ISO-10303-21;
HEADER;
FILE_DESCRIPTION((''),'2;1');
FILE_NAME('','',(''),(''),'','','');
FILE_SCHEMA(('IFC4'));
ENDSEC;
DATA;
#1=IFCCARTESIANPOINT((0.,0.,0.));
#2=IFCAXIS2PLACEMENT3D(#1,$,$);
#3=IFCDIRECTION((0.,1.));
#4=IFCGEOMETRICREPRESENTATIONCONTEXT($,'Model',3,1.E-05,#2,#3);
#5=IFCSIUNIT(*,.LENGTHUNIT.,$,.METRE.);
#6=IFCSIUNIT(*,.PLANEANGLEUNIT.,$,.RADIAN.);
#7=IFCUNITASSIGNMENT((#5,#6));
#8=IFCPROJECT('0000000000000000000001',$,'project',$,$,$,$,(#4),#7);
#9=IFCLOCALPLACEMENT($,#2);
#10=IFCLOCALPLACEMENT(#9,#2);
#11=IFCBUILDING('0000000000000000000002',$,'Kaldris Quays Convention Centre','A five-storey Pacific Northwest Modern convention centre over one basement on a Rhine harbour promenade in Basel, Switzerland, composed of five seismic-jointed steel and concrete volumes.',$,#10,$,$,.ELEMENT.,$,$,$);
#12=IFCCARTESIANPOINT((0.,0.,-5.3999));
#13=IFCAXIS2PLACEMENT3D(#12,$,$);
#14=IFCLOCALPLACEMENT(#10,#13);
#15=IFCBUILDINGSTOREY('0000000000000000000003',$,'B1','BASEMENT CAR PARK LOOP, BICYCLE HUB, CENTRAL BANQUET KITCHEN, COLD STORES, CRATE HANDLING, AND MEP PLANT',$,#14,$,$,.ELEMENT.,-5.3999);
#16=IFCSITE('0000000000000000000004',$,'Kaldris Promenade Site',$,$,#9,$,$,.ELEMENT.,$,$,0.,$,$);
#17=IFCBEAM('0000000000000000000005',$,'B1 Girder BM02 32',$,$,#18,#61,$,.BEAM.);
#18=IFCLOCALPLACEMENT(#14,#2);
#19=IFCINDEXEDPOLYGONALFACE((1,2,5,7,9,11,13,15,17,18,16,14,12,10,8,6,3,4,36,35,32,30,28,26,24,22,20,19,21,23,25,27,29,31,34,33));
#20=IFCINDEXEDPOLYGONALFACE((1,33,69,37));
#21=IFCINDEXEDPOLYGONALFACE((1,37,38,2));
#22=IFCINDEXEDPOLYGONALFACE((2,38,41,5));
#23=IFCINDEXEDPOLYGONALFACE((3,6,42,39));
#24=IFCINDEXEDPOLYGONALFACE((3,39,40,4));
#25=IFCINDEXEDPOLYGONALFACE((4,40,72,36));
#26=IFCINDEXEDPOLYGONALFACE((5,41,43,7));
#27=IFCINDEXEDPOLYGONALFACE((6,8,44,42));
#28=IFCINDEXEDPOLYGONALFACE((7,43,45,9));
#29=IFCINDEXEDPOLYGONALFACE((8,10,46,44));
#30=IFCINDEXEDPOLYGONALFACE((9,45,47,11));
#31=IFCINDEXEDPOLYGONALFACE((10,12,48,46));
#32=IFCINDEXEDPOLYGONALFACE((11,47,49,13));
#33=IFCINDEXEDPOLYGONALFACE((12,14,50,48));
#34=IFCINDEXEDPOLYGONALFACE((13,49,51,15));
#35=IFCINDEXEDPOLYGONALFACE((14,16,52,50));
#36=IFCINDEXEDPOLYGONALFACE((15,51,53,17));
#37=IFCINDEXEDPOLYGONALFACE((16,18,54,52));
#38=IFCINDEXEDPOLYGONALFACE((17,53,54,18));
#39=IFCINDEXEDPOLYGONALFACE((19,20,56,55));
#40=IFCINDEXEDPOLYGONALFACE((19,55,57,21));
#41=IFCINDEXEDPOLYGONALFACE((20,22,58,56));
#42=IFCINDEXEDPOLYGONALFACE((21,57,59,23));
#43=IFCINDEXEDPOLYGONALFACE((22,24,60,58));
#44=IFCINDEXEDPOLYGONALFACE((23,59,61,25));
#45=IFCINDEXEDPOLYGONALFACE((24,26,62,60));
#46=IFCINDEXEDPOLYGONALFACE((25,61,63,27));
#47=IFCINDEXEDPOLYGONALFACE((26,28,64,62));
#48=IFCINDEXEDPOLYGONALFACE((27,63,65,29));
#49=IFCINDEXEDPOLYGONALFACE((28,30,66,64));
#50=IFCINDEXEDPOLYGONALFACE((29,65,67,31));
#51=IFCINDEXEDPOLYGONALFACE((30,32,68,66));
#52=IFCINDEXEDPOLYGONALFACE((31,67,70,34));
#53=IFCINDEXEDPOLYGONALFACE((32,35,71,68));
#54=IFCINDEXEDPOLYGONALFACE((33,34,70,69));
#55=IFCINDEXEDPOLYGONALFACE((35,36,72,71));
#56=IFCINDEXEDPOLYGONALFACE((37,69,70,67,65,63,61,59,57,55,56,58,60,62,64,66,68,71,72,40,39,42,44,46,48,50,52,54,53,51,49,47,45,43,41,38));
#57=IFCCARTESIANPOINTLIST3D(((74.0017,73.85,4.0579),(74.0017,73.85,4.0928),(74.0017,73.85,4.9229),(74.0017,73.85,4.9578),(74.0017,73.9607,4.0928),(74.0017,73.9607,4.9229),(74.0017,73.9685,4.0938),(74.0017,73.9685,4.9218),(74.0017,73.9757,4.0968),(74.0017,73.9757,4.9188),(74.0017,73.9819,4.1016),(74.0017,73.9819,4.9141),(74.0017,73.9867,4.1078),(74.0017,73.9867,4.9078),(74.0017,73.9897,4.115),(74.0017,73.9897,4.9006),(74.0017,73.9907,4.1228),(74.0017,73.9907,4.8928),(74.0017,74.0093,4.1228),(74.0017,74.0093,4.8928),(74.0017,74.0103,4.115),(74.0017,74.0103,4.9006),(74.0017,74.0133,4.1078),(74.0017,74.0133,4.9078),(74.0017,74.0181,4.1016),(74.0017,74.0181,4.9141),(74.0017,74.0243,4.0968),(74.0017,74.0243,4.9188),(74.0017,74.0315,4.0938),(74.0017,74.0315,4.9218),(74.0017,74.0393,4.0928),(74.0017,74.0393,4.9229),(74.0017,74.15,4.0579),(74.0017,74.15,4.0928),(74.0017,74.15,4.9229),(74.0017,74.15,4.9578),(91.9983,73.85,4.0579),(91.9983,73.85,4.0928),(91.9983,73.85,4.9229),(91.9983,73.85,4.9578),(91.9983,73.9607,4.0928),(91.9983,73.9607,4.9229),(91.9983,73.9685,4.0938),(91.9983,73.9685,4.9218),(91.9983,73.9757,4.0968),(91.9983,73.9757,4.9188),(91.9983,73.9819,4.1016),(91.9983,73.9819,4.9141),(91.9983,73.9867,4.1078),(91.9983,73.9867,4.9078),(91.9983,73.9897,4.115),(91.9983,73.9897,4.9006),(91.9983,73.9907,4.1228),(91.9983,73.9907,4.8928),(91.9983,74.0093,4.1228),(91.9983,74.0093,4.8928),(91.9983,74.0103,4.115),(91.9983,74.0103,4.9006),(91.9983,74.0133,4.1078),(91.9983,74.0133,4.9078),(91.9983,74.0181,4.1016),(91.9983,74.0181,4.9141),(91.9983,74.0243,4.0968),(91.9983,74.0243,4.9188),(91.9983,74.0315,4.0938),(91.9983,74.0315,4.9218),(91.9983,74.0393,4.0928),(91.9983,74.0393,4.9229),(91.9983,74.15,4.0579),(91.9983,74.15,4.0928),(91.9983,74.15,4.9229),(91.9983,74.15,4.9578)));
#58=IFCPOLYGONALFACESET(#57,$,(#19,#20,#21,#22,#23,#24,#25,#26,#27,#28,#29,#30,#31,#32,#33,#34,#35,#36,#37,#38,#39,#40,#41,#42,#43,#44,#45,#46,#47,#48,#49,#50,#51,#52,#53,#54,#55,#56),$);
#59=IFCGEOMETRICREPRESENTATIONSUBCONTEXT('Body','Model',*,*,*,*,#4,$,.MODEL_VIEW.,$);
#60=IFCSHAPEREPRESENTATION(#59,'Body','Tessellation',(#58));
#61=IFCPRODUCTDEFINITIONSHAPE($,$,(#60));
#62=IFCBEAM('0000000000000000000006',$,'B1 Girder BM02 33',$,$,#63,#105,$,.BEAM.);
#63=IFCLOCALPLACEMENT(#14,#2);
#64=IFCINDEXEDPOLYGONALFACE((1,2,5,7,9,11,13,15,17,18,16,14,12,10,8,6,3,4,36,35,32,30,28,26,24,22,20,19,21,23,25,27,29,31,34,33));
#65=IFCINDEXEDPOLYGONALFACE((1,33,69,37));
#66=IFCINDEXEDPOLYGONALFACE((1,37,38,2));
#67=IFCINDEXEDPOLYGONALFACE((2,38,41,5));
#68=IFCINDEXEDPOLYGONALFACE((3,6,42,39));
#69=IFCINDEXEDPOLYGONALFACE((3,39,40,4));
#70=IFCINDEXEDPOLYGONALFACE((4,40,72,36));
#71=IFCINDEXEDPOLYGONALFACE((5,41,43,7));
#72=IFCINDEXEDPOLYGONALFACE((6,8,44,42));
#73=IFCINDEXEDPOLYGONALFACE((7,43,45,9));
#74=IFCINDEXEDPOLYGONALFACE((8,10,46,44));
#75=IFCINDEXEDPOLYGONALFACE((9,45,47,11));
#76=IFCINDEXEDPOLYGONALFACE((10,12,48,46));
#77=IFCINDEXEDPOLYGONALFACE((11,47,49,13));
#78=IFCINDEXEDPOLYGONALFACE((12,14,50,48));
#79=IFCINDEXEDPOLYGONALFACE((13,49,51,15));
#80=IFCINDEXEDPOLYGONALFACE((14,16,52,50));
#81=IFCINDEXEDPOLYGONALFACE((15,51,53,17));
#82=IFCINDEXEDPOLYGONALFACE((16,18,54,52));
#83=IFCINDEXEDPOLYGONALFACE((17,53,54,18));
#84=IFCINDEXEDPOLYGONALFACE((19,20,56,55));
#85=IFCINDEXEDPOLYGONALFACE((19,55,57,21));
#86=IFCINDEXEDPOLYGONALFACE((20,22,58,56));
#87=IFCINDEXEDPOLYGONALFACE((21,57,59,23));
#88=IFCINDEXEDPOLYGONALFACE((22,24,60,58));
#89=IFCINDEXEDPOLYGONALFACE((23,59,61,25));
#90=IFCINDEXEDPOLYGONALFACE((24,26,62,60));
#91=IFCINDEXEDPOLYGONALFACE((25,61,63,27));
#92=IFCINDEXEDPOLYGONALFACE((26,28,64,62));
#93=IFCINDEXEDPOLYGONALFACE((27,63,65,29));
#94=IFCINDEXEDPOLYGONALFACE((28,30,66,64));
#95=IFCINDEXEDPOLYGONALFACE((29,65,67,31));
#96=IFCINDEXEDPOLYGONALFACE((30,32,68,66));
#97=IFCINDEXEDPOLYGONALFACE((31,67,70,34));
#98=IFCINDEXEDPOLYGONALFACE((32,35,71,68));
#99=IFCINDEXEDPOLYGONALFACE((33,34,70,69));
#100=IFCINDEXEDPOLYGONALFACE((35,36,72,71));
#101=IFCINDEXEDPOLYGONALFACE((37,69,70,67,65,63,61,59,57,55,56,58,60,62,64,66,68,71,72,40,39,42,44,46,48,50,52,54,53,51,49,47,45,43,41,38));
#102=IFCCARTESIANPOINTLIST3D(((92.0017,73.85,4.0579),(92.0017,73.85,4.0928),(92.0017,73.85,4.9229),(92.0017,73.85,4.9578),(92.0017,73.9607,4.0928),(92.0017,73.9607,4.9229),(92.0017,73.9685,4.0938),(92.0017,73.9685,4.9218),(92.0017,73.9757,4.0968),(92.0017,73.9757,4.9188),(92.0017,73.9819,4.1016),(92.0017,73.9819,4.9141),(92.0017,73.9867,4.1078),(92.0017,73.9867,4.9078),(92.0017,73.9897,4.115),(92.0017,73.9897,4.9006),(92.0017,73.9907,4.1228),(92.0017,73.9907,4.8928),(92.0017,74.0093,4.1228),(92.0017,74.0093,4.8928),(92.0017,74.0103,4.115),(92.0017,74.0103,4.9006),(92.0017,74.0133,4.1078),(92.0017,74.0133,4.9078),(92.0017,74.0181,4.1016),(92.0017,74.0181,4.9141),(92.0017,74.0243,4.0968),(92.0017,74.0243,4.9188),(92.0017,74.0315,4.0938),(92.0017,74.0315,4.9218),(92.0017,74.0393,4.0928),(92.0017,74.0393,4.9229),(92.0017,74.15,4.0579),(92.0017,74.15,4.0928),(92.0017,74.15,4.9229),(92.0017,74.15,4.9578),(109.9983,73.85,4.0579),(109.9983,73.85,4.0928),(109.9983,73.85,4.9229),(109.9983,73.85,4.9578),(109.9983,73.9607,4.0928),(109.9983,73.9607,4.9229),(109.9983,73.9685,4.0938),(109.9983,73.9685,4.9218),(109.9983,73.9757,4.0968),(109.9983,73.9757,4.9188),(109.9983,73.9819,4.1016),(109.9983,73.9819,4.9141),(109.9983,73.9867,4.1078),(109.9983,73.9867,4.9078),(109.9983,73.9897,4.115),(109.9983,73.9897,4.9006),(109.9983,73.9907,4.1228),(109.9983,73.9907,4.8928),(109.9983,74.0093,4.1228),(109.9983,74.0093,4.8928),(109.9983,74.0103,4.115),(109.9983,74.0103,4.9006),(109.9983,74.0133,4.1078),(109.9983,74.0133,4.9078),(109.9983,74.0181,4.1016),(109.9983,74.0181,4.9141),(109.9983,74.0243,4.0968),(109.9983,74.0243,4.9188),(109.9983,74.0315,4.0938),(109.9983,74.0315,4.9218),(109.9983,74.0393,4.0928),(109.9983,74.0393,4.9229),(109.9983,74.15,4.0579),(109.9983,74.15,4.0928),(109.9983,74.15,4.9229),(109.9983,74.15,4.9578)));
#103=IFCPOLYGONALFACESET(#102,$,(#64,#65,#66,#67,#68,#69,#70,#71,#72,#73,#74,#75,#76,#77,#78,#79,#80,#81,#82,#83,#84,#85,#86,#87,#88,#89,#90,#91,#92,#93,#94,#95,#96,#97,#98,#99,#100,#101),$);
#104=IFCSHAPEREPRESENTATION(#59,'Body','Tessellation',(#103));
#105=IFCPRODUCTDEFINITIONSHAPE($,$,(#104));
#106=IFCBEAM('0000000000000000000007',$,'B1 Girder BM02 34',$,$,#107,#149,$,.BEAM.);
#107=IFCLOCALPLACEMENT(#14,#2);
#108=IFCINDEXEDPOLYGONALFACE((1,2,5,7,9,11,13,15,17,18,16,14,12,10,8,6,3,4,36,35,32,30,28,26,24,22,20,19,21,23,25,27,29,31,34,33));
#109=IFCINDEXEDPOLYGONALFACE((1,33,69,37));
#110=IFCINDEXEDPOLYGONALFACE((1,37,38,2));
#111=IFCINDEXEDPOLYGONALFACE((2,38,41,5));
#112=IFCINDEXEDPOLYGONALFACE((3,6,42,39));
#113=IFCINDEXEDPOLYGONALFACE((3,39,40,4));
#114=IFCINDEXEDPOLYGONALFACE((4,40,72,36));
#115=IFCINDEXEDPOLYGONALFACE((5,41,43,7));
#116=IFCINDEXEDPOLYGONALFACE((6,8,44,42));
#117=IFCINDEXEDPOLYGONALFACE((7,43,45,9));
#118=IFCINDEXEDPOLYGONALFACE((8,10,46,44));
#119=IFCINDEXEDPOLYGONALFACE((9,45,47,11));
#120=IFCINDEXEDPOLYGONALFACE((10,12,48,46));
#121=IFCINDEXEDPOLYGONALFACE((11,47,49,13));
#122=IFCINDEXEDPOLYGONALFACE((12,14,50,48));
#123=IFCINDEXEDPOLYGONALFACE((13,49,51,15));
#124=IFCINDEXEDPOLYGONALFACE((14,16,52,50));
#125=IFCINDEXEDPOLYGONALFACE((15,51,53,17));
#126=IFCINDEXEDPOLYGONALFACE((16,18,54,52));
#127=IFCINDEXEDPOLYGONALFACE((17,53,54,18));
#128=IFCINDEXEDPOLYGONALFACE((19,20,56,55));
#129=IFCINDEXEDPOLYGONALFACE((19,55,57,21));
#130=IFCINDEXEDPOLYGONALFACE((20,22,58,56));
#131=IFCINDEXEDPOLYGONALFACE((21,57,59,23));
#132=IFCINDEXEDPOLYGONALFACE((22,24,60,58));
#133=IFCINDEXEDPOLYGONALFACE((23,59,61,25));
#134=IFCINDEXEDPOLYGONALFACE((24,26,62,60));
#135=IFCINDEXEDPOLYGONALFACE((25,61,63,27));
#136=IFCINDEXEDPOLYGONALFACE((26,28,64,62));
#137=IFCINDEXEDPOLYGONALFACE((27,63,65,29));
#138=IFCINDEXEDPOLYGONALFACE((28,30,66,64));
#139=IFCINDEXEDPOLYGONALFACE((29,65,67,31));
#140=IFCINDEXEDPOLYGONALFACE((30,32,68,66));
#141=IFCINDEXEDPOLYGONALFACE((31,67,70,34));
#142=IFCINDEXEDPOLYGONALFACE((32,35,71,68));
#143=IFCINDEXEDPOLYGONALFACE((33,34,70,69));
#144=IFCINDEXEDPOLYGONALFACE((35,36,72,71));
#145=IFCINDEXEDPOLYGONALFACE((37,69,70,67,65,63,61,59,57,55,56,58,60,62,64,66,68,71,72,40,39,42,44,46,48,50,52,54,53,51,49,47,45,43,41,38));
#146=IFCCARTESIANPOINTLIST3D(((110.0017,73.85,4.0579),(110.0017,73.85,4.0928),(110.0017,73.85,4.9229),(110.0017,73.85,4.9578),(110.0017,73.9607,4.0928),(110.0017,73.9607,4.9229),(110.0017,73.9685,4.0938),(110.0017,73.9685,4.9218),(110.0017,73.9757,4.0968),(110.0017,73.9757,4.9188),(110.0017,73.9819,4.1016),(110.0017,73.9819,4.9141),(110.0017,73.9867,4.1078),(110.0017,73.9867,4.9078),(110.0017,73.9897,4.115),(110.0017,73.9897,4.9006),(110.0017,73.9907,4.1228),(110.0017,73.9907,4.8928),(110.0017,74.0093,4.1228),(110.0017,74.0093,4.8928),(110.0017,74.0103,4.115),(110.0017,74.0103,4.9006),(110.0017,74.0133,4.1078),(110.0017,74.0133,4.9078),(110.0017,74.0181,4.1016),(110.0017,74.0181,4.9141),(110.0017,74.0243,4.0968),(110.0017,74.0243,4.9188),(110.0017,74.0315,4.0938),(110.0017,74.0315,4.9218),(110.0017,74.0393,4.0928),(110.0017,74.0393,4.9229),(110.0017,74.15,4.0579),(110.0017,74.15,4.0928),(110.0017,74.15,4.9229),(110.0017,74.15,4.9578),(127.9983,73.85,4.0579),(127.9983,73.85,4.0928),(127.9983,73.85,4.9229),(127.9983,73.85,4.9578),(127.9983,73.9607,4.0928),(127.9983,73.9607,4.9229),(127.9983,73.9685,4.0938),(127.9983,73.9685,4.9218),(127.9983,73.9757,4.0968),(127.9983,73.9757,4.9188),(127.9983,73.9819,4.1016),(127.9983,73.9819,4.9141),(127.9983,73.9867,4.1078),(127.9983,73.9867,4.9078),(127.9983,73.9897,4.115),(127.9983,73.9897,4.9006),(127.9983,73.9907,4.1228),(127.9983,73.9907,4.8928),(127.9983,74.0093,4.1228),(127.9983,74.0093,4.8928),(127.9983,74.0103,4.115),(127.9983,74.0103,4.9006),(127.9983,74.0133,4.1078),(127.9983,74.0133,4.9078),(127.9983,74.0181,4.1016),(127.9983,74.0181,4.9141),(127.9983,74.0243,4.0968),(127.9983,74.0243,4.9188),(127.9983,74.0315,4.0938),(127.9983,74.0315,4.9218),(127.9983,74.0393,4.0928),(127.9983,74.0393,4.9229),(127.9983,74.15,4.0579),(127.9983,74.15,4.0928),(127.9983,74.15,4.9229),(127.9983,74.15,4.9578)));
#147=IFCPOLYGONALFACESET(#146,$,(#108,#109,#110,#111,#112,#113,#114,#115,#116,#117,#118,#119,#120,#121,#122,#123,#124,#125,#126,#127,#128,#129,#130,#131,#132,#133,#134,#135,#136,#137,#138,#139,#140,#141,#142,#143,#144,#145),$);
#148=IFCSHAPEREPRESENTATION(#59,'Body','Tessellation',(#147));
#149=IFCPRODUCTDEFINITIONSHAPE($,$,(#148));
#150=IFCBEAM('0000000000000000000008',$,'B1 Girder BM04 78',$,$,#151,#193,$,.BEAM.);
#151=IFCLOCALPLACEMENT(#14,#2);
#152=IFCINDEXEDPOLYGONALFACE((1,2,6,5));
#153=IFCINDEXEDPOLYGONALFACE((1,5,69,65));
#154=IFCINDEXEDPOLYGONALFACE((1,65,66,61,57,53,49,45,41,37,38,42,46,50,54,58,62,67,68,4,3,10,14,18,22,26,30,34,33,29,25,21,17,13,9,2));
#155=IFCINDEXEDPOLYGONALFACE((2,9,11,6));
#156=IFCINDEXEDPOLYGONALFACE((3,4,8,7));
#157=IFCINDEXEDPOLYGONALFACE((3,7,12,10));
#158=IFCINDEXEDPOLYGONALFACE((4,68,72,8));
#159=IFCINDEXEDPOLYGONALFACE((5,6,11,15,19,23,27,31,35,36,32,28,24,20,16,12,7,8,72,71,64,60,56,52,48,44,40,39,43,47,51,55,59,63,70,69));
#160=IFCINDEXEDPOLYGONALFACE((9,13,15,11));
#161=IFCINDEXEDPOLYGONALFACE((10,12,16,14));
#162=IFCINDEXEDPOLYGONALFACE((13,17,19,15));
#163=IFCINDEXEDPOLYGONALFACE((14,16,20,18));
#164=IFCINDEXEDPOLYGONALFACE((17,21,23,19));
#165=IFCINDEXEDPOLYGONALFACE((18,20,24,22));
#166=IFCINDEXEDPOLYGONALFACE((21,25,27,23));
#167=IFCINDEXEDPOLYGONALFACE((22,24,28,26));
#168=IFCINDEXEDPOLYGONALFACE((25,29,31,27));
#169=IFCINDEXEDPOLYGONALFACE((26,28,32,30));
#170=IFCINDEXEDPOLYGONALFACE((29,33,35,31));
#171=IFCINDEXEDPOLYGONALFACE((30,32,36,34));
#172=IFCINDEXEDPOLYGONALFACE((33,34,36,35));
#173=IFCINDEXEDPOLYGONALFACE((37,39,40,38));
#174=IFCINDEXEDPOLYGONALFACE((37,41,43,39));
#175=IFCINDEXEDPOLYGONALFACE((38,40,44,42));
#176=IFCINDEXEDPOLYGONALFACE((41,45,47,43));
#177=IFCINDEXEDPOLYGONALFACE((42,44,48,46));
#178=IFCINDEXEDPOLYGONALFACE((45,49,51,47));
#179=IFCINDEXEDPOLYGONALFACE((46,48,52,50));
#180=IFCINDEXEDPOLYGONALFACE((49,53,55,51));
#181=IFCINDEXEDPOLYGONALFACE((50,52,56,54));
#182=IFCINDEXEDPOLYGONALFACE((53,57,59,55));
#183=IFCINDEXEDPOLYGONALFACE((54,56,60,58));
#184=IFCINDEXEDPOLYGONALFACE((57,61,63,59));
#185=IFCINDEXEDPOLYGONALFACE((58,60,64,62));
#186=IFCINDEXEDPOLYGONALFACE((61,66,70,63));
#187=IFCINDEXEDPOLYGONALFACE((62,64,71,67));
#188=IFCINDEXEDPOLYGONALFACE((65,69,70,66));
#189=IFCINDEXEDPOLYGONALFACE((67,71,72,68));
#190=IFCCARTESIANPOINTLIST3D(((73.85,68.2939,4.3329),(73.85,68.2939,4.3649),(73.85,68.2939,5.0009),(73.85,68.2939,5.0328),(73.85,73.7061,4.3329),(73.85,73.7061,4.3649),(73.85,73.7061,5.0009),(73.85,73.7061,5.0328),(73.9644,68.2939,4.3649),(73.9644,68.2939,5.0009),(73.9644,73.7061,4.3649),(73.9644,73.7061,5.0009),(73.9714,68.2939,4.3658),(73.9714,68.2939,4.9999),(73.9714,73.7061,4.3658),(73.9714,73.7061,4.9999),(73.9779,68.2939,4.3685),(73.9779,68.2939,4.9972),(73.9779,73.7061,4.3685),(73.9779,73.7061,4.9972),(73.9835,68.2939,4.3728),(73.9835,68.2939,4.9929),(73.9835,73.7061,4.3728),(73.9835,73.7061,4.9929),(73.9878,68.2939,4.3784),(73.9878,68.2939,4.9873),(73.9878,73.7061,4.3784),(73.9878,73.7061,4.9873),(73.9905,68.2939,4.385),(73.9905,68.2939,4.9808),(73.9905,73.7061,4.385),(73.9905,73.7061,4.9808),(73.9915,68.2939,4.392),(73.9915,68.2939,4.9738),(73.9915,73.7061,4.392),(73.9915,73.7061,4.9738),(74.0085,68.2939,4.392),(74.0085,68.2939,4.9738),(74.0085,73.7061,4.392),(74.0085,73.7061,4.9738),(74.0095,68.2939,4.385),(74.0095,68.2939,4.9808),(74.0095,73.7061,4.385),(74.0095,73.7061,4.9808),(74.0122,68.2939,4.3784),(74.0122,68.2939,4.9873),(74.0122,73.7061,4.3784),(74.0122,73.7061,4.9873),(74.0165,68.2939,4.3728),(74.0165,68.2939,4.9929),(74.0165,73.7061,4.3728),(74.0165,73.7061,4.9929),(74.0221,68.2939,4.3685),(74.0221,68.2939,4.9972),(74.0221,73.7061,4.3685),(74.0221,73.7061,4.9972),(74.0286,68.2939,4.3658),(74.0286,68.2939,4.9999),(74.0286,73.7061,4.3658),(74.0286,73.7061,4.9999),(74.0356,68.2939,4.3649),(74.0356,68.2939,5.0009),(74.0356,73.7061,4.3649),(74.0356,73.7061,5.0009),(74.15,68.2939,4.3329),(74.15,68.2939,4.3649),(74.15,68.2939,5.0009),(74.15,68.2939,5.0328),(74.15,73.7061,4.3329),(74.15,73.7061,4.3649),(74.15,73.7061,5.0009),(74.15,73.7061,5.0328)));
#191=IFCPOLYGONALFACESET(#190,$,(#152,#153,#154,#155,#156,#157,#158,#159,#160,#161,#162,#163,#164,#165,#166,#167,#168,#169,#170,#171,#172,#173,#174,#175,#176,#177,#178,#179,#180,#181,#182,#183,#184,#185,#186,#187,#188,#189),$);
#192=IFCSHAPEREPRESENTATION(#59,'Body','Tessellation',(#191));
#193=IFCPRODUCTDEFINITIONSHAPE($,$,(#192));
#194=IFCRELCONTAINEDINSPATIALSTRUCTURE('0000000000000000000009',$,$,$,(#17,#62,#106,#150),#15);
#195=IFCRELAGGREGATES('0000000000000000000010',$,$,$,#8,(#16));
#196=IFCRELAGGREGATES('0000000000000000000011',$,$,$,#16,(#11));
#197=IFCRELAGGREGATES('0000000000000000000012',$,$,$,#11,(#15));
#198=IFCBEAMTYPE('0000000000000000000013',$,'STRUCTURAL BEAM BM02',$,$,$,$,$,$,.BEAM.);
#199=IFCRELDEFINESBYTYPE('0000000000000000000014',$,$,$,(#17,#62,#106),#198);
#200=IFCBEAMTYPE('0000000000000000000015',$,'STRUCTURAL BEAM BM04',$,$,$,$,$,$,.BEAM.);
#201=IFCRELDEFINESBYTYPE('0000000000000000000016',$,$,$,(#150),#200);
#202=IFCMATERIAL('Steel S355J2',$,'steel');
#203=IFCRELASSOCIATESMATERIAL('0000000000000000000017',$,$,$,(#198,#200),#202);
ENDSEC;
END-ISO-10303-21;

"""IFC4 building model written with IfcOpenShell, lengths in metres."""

from ifc_helpers import new_model, si_unit, direction, frame, origin, origin_2d, place, context, subcontext, project, spatial, i_section, extrude, material, material_profile, profile_set, type_object, element, save


model = new_model("IFC4")

# Units and contexts
model_context = context("Model", 3, precision=1e-05, world=origin(), true_north=direction((0.0, 1.0)))
body_context = subcontext(model_context, "Body", "Model", "MODEL_VIEW")
ifc_project = project(units=[si_unit("LENGTHUNIT", "METRE"), si_unit("PLANEANGLEUNIT", "RADIAN")], contexts=[model_context])

# Site, building, storey
site_placement = place(None, origin())
site = spatial("IfcSite", under=ifc_project, at=site_placement, Name="Kaldris Promenade Site", CompositionType="ELEMENT", RefElevation=0.0)
building_placement = place(site_placement, origin())
building = spatial("IfcBuilding", under=site, at=building_placement, Name="Kaldris Quays Convention Centre", Description="A five-storey Pacific Northwest Modern convention centre over one basement on a Rhine harbour promenade in Basel, Switzerland, composed of five seismic-jointed steel and concrete volumes.", CompositionType="ELEMENT")
storey_placement = place(building_placement, frame((0.0, 0.0, -5.3999)))
storey = spatial("IfcBuildingStorey", under=building, at=storey_placement, Name="B1", Description="BASEMENT CAR PARK LOOP, BICYCLE HUB, CENTRAL BANQUET KITCHEN, COLD STORES, CRATE HANDLING, AND MEP PLANT", CompositionType="ELEMENT", Elevation=-5.3999)

# Shared definitions
ifc_material_1 = material(Name="Steel S355J2", Category="steel")

# Beams
ifc_material_profile_1 = material_profile(ifc_material_1, i_section(OverallWidth=0.3, OverallDepth=0.8999, WebThickness=0.0186, FlangeThickness=0.0349, FilletRadius=0.03, at=origin_2d()), Name="HEB 900")
ifc_profile_set_1 = profile_set([ifc_material_profile_1], Name="Steel S355J2")
beam_type_1 = type_object("IfcBeamType", Name="STRUCTURAL BEAM BM02", PredefinedType="BEAM", material=ifc_profile_set_1)
for number, where, z_axis, x_axis, name in (
    (1, (74.0017, 74.0, 4.5078), (1.0, 0.0, 0.0), (0.0, 1.0, 0.0), "B1 Girder BM02 32"),
    (2, (92.0017, 74.0, 4.5078), (1.0, 0.0, 0.0), (0.0, 1.0, 0.0), "B1 Girder BM02 33"),
    (3, (110.0017, 74.0, 4.5078), (1.0, 0.0, 0.0), (0.0, 1.0, 0.0), "B1 Girder BM02 34"),
):
    element("IfcBeam", number, at=place(storey_placement, frame(where, z_axis=z_axis, x_axis=x_axis)), inside=storey, type_object=beam_type_1, Name=name, PredefinedType="BEAM", context=body_context, shape_type="SweptSolid", body=[
        extrude(i_section(OverallWidth=0.3, OverallDepth=0.8999, WebThickness=0.0186, FlangeThickness=0.0349, FilletRadius=0.03, at=origin_2d()), origin(), (0.0, 0.0, 1.0), 17.9966),
    ])
ifc_material_profile_2 = material_profile(ifc_material_1, i_section(OverallWidth=0.3, OverallDepth=0.7, WebThickness=0.0171, FlangeThickness=0.032, FilletRadius=0.0271, at=origin_2d()), Name="HEB 700")
ifc_profile_set_2 = profile_set([ifc_material_profile_2], Name="Steel S355J2")
beam_type_2 = type_object("IfcBeamType", Name="STRUCTURAL BEAM BM04", PredefinedType="BEAM", material=ifc_profile_set_2)
for number, where, z_axis, x_axis, name in (
    (4, (74.0, 68.2939, 4.6829), (0.0, 1.0, 0.0), (-1.0, 0.0, 0.0), "B1 Girder BM04 78"),
):
    element("IfcBeam", number, at=place(storey_placement, frame(where, z_axis=z_axis, x_axis=x_axis)), inside=storey, type_object=beam_type_2, Name=name, PredefinedType="BEAM", context=body_context, shape_type="SweptSolid", body=[
        extrude(i_section(OverallWidth=0.3, OverallDepth=0.7, WebThickness=0.0171, FlangeThickness=0.032, FilletRadius=0.0271, at=origin_2d()), origin(), (0.0, 0.0, 1.0), 5.4121),
    ])

save(model, "model.ifc")
